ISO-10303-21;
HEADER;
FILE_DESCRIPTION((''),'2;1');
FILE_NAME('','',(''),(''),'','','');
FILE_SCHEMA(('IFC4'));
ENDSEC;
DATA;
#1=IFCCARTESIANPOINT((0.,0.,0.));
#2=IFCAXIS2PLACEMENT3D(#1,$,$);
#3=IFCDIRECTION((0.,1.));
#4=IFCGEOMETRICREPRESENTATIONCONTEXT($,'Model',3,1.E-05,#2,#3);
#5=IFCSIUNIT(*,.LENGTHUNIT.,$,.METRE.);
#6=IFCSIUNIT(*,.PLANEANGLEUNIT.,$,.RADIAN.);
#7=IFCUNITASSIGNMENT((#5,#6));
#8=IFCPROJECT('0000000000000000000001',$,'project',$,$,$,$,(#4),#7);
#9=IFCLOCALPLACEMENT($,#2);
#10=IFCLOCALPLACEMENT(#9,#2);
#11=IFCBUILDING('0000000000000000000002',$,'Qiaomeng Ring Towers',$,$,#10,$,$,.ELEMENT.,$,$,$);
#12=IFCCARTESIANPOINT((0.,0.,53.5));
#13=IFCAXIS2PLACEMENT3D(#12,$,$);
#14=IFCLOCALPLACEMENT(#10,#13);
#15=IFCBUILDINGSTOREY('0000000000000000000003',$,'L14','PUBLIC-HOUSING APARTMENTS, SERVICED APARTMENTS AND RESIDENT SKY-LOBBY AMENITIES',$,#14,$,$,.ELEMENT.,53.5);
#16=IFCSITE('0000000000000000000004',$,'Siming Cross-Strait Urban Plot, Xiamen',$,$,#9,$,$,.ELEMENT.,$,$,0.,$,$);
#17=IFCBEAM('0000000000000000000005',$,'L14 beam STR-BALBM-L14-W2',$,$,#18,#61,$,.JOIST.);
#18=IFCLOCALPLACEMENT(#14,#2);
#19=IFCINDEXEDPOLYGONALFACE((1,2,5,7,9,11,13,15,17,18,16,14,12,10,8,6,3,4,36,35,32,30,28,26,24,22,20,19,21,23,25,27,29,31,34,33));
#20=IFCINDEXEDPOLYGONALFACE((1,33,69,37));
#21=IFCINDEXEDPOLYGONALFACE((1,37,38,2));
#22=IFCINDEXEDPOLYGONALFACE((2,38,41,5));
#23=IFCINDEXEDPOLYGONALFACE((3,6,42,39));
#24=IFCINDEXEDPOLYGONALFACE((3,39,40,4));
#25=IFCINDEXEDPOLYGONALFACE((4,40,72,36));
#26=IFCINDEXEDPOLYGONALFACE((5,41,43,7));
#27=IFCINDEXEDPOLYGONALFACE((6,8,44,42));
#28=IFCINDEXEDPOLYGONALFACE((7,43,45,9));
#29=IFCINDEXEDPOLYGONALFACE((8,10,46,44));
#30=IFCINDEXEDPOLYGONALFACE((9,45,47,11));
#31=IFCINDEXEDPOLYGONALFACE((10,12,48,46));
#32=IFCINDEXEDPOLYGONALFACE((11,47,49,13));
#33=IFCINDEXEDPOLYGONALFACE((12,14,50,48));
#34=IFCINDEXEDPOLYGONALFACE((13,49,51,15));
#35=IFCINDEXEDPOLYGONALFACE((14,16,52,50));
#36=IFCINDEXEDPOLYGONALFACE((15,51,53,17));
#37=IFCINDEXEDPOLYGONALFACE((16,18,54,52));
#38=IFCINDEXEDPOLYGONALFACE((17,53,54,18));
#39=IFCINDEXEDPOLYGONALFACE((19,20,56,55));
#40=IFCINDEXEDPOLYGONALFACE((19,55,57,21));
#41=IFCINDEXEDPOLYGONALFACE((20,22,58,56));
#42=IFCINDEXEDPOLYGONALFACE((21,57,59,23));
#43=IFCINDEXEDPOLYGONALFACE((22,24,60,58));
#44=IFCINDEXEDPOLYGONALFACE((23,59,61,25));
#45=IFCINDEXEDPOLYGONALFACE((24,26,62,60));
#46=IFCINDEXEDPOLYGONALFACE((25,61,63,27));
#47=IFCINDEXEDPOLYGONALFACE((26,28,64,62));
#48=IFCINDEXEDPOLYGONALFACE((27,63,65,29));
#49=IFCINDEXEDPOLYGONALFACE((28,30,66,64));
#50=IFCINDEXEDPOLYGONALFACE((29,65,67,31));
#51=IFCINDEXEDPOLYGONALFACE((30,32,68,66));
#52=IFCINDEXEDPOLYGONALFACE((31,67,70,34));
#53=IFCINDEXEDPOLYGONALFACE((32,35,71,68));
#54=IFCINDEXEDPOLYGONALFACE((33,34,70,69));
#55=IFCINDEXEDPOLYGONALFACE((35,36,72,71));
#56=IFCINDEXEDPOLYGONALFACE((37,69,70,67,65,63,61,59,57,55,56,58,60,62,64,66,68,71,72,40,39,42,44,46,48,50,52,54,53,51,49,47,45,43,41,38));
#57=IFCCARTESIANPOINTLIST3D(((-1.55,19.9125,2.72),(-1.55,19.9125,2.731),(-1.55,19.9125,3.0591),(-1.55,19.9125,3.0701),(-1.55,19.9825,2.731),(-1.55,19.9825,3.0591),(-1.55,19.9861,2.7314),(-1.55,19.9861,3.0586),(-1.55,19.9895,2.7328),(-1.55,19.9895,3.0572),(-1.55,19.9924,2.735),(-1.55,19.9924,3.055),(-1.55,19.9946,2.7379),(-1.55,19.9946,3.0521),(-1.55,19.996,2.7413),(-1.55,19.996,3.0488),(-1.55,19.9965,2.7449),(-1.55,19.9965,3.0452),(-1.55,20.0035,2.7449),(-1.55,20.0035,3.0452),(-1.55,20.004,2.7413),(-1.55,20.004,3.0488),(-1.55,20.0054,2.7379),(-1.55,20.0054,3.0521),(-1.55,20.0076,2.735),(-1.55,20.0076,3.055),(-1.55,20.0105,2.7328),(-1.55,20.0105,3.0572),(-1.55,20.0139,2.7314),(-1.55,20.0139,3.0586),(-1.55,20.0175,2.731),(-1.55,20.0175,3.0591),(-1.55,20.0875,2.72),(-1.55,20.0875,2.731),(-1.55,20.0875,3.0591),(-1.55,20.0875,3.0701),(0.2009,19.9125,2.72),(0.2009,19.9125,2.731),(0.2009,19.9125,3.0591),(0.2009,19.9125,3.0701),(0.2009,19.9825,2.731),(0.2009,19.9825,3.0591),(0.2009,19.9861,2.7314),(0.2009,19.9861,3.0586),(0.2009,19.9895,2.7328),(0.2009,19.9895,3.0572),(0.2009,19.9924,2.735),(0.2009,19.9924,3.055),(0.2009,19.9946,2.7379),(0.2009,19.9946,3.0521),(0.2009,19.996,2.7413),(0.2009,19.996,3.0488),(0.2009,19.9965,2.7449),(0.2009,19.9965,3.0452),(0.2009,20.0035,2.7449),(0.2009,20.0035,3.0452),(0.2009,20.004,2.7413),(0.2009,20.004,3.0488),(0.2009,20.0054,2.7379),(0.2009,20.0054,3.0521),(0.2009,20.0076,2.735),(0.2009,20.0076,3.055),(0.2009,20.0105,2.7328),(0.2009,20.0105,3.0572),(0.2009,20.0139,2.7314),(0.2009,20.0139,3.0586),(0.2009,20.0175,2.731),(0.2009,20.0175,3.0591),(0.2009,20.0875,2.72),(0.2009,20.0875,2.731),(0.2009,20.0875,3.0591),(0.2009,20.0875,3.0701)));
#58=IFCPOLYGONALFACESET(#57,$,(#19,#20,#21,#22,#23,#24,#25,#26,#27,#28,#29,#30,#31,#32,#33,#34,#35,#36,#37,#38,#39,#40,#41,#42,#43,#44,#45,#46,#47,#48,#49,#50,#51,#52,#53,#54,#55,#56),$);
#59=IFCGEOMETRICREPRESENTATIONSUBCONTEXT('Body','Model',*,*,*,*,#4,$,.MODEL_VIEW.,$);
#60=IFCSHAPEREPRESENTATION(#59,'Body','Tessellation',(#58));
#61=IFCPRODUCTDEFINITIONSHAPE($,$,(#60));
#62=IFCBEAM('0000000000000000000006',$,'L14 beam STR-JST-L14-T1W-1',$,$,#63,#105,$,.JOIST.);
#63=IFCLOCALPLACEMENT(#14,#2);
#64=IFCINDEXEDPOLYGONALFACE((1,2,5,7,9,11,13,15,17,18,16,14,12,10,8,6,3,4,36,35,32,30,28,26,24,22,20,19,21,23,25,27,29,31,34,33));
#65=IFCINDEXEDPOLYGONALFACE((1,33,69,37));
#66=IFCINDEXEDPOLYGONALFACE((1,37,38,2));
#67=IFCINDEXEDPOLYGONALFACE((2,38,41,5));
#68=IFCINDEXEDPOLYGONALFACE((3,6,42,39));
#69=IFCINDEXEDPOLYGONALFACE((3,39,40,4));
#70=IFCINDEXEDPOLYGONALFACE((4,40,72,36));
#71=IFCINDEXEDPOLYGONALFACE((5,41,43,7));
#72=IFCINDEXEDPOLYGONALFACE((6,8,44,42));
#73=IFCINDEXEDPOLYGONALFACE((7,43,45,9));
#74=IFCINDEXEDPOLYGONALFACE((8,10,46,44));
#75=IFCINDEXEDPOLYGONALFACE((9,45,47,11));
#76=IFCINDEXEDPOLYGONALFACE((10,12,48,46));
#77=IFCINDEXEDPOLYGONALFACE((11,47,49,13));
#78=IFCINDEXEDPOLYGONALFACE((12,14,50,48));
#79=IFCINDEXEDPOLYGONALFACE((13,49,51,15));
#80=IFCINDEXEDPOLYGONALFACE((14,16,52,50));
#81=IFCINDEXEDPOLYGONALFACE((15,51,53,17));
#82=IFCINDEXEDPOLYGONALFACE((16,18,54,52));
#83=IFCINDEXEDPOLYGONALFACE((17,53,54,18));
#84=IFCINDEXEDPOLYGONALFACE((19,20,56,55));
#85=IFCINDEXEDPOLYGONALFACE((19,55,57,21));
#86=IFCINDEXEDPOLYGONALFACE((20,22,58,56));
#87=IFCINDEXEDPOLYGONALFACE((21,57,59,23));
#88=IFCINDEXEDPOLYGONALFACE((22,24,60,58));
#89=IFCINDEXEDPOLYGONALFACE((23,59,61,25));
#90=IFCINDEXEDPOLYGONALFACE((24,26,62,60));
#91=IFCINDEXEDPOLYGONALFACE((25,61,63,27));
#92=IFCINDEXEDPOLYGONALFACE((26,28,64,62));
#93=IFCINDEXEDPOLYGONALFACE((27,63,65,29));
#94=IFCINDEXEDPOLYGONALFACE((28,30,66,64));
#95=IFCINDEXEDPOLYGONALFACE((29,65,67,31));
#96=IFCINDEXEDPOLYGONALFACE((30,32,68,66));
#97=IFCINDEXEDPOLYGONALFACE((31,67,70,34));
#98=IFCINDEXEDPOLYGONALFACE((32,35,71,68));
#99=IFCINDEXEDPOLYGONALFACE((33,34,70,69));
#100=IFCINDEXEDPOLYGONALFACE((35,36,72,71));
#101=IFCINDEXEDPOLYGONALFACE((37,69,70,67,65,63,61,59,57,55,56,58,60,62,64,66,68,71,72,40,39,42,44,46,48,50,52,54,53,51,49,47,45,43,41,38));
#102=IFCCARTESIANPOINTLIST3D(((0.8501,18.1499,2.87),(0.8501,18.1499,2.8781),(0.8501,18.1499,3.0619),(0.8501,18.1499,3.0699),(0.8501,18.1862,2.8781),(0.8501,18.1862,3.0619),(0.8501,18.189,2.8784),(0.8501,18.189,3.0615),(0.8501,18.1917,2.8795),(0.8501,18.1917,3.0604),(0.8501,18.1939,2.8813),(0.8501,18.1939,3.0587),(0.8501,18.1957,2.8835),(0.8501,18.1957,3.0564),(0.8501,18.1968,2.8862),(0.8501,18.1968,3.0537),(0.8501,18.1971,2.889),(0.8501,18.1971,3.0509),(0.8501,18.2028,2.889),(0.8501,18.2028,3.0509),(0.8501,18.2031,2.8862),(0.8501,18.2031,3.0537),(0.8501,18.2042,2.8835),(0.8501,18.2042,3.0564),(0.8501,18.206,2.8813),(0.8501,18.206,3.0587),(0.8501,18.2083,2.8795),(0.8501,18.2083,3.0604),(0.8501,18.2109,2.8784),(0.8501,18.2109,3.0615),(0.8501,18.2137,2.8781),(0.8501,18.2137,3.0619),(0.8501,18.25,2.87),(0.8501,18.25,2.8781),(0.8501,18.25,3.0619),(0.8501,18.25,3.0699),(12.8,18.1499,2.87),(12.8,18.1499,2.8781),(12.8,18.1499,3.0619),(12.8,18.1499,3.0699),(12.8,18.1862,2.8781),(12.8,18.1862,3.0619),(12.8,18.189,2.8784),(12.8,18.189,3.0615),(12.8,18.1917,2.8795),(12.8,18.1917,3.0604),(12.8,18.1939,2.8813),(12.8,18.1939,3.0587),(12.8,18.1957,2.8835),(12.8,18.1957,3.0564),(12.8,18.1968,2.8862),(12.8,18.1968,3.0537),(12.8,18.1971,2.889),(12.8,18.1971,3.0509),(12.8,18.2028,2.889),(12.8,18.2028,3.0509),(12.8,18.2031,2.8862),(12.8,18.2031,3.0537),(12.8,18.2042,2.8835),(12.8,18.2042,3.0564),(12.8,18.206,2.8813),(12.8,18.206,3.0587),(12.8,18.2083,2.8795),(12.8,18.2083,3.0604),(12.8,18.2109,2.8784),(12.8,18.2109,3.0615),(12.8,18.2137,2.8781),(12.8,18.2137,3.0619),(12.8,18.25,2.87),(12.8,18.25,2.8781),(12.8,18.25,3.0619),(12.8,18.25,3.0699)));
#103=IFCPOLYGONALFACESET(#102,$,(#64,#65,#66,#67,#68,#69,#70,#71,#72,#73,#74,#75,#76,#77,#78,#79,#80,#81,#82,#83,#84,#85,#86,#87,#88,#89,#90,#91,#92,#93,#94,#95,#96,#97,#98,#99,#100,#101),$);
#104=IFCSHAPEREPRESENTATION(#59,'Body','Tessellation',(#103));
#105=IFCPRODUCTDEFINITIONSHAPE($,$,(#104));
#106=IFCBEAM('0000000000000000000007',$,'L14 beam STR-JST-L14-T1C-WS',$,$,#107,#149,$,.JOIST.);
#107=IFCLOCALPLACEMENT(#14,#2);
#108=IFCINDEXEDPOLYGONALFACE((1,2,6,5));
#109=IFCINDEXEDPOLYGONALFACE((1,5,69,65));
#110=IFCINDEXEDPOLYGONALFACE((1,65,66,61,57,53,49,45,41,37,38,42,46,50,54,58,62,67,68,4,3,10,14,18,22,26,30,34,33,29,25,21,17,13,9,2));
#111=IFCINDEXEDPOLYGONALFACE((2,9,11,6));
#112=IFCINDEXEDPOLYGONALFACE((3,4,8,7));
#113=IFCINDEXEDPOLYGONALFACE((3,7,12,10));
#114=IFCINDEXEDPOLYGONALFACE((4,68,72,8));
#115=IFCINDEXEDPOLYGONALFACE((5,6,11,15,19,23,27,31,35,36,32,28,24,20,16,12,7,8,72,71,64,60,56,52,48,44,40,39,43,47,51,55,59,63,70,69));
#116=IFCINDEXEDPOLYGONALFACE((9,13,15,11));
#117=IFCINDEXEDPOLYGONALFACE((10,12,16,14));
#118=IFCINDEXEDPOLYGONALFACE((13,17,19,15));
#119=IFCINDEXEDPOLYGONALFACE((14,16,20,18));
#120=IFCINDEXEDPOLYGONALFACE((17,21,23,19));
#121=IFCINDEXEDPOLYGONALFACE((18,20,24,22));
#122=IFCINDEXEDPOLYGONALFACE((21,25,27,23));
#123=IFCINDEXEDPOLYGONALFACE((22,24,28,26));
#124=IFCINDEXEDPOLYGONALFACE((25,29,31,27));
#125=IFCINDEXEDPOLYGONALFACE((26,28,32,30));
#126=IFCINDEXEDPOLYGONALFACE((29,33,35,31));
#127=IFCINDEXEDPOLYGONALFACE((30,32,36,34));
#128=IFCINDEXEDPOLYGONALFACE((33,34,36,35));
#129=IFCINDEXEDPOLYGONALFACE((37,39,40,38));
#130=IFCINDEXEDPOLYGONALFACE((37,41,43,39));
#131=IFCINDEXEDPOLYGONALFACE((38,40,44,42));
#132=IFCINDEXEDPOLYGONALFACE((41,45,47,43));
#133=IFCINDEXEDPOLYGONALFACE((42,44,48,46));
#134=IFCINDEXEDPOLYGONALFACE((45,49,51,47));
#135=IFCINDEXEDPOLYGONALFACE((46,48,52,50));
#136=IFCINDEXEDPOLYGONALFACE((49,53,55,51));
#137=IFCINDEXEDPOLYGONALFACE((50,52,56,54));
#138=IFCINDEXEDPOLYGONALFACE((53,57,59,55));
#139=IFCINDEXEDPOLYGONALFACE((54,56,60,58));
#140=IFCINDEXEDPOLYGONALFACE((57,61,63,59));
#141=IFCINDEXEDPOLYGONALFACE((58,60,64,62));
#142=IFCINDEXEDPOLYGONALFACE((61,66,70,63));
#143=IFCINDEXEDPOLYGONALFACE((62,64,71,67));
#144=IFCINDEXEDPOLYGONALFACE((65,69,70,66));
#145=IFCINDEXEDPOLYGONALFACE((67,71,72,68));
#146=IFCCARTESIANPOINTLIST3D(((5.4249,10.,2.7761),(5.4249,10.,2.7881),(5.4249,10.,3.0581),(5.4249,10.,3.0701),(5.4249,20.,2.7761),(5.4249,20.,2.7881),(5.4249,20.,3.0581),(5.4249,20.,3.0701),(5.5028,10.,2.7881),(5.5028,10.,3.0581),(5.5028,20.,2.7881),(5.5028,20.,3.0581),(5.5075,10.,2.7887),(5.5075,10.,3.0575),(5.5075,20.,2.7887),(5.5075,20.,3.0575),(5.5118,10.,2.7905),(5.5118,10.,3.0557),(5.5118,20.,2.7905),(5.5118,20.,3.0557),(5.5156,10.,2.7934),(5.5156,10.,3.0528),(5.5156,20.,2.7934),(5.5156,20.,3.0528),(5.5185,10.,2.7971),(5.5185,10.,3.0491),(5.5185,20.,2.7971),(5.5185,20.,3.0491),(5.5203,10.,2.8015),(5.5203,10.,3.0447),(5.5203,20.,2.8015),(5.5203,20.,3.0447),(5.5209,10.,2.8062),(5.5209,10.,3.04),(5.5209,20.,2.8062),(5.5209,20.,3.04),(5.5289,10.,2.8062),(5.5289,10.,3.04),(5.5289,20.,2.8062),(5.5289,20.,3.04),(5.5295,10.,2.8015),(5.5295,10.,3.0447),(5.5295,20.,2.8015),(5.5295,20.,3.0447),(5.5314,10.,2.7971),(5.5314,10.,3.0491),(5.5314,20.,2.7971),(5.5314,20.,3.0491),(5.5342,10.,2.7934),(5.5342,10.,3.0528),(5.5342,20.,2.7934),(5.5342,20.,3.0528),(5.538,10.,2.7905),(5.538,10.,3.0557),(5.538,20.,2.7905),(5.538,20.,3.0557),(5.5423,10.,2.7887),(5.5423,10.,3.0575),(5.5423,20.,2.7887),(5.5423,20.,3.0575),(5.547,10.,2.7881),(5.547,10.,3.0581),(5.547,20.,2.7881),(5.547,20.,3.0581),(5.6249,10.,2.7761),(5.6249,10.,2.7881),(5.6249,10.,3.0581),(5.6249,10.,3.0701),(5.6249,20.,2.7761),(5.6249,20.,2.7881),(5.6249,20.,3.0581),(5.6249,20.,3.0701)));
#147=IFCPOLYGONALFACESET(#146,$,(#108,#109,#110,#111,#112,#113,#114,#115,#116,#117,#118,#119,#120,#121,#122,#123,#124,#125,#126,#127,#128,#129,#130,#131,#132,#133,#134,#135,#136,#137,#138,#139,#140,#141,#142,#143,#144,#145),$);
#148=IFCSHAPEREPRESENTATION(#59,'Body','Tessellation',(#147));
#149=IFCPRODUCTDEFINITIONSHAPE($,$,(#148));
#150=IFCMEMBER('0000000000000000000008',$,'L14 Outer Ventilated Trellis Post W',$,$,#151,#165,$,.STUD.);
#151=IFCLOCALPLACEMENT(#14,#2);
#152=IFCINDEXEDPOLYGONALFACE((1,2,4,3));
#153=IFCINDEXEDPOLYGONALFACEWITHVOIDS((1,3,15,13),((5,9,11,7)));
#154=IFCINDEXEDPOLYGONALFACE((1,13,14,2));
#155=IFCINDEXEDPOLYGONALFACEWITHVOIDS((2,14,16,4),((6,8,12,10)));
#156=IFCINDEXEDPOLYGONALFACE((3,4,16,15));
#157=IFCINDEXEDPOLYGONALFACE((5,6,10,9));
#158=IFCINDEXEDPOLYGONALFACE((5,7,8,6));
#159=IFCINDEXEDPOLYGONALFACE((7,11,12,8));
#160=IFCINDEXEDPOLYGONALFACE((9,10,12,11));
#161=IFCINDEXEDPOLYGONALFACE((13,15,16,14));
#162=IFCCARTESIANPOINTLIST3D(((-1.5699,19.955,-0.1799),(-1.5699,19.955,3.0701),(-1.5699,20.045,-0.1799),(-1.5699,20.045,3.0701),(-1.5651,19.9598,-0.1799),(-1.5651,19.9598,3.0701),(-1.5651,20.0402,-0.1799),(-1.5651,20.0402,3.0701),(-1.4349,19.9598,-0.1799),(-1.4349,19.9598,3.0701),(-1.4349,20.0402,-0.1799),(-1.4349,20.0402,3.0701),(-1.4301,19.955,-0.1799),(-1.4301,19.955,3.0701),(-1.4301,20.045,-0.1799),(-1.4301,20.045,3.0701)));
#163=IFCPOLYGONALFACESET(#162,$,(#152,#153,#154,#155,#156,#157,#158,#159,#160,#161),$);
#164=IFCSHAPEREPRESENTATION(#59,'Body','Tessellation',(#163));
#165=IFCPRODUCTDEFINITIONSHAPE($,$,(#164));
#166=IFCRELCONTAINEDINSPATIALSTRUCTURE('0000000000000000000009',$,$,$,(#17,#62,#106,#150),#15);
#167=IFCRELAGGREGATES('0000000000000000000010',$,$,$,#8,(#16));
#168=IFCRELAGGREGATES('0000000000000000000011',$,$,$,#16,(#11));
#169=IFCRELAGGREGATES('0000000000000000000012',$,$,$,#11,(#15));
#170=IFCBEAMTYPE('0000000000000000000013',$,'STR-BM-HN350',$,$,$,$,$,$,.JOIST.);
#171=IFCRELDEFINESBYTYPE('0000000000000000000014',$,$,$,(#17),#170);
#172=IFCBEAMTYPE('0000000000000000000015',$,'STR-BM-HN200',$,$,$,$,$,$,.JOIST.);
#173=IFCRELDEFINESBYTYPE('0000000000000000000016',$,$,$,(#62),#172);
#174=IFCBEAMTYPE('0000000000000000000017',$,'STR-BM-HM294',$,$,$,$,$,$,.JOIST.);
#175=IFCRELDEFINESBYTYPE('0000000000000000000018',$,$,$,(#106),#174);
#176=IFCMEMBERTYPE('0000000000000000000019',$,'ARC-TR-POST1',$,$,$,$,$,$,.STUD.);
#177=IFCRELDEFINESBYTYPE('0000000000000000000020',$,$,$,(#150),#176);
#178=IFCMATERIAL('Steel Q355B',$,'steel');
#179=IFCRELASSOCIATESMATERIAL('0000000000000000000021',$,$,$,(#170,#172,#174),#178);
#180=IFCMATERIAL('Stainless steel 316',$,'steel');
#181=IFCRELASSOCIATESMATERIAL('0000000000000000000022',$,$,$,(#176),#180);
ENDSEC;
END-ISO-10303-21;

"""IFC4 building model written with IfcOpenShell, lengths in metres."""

from ifc_helpers import new_model, si_unit, direction, frame, origin, origin_2d, place, context, subcontext, project, spatial, hollow_rectangle, i_section, extrude, source, transform, mapped, material, material_profile, profile_set, type_object, element, save


model = new_model("IFC4")

# Units and contexts
model_context = context("Model", 3, precision=1e-05, world=origin(), true_north=direction((0.0, 1.0)))
body_context = subcontext(model_context, "Body", "Model", "MODEL_VIEW")
ifc_project = project(units=[si_unit("LENGTHUNIT", "METRE"), si_unit("PLANEANGLEUNIT", "RADIAN")], contexts=[model_context])

# Site, building, storey
site_placement = place(None, origin())
site = spatial("IfcSite", under=ifc_project, at=site_placement, Name="Siming Cross-Strait Urban Plot, Xiamen", CompositionType="ELEMENT", RefElevation=0.0)
building_placement = place(site_placement, origin())
building = spatial("IfcBuilding", under=site, at=building_placement, Name="Qiaomeng Ring Towers", CompositionType="ELEMENT")
storey_placement = place(building_placement, frame((0.0, 0.0, 53.5)))
storey = spatial("IfcBuildingStorey", under=building, at=storey_placement, Name="L14", Description="PUBLIC-HOUSING APARTMENTS, SERVICED APARTMENTS AND RESIDENT SKY-LOBBY AMENITIES", CompositionType="ELEMENT", Elevation=53.5)

# Beams
ifc_material_1 = material(Name="Steel Q355B", Category="steel")
ifc_material_profile_1 = material_profile(ifc_material_1, i_section(OverallWidth=0.175, OverallDepth=0.3501, WebThickness=0.0071, FlangeThickness=0.011, FilletRadius=0.0139, at=origin_2d()), Name="HN 350x175x7x11")
ifc_profile_set_1 = profile_set([ifc_material_profile_1], Name="Steel Q355B")
beam_type_1 = type_object("IfcBeamType", Name="STR-BM-HN350", PredefinedType="JOIST", material=ifc_profile_set_1)
shared_shape_1 = source(origin(), body_context, "Body", "SweptSolid", [
    extrude(i_section(OverallWidth=0.175, OverallDepth=0.3501, WebThickness=0.0071, FlangeThickness=0.011, FilletRadius=0.0139, at=origin_2d()), origin(), (0.0, 0.0, 1.0), 1.751),
])
beam_1_placement = place(storey_placement, frame((-1.55, 20.0, 2.895), z_axis=(1.0, 0.0, 0.0), x_axis=(0.0, 1.0, 0.0)))
element("IfcBeam", 1, at=beam_1_placement, inside=storey, type_object=beam_type_1, Name="L14 beam STR-BALBM-L14-W2", PredefinedType="JOIST", context=body_context, shape_type="MappedRepresentation", body=[
    mapped(shared_shape_1, transform((0.0, 0.0, 0.0), x_axis=(1.0, 0.0, 0.0), y_axis=(0.0, 1.0, 0.0), z_axis=(0.0, 0.0, 1.0), scale=1.0)),
])
ifc_material_profile_2 = material_profile(ifc_material_1, i_section(OverallWidth=0.1001, OverallDepth=0.2, WebThickness=0.0056, FlangeThickness=0.0081, FilletRadius=0.011, at=origin_2d()), Name="HN 200x100x5.5x8")
ifc_profile_set_2 = profile_set([ifc_material_profile_2], Name="Steel Q355B")
beam_type_2 = type_object("IfcBeamType", Name="STR-BM-HN200", PredefinedType="JOIST", material=ifc_profile_set_2)
shared_shape_2 = source(origin(), body_context, "Body", "SweptSolid", [
    extrude(i_section(OverallWidth=0.1001, OverallDepth=0.2, WebThickness=0.0056, FlangeThickness=0.0081, FilletRadius=0.011, at=origin_2d()), origin(), (0.0, 0.0, 1.0), 11.95),
])
beam_2_placement = place(storey_placement, frame((0.8501, 18.2, 2.97), z_axis=(1.0, 0.0, 0.0), x_axis=(0.0, 1.0, 0.0)))
element("IfcBeam", 2, at=beam_2_placement, inside=storey, type_object=beam_type_2, Name="L14 beam STR-JST-L14-T1W-1", PredefinedType="JOIST", context=body_context, shape_type="MappedRepresentation", body=[
    mapped(shared_shape_2, transform((0.0, 0.0, 0.0), x_axis=(1.0, 0.0, 0.0), y_axis=(0.0, 1.0, 0.0), z_axis=(0.0, 0.0, 1.0), scale=1.0)),
])
ifc_material_profile_3 = material_profile(ifc_material_1, i_section(OverallWidth=0.2, OverallDepth=0.2939, WebThickness=0.0081, FlangeThickness=0.012, FilletRadius=0.0181, at=origin_2d()), Name="HM 294x200x8x12")
ifc_profile_set_3 = profile_set([ifc_material_profile_3], Name="Steel Q355B")
beam_type_3 = type_object("IfcBeamType", Name="STR-BM-HM294", PredefinedType="JOIST", material=ifc_profile_set_3)
shared_shape_3 = source(origin(), body_context, "Body", "SweptSolid", [
    extrude(i_section(OverallWidth=0.2, OverallDepth=0.2939, WebThickness=0.0081, FlangeThickness=0.012, FilletRadius=0.0181, at=origin_2d()), origin(), (0.0, 0.0, 1.0), 10.0),
])
beam_3_placement = place(storey_placement, frame((5.5249, 10.0, 2.9231), z_axis=(0.0, 1.0, 0.0), x_axis=(-1.0, 0.0, 0.0)))
element("IfcBeam", 3, at=beam_3_placement, inside=storey, type_object=beam_type_3, Name="L14 beam STR-JST-L14-T1C-WS", PredefinedType="JOIST", context=body_context, shape_type="MappedRepresentation", body=[
    mapped(shared_shape_3, transform((0.0, 0.0, 0.0), x_axis=(1.0, 0.0, 0.0), y_axis=(0.0, 1.0, 0.0), z_axis=(0.0, 0.0, 1.0), scale=1.0)),
])

# Member
ifc_material_2 = material(Name="Stainless steel 316", Category="steel")
ifc_material_profile_4 = material_profile(ifc_material_2, hollow_rectangle(XDim=0.0901, YDim=0.1399, WallThickness=0.0049, at=origin_2d()), Name="SS TRELLIS 90x140")
ifc_profile_set_4 = profile_set([ifc_material_profile_4], Name="Stainless steel 316")
member_type = type_object("IfcMemberType", Name="ARC-TR-POST1", PredefinedType="STUD", material=ifc_profile_set_4)
shared_shape_4 = source(origin(), body_context, "Body", "SweptSolid", [
    extrude(hollow_rectangle(XDim=0.0901, YDim=0.1399, WallThickness=0.0049, at=origin_2d()), origin(), (0.0, 0.0, 1.0), 3.25),
])
member_placement = place(storey_placement, frame((-1.5, 20.0, -0.1799), z_axis=(0.0, 0.0, 1.0), x_axis=(0.0, 1.0, 0.0)))
element("IfcMember", 4, at=member_placement, inside=storey, type_object=member_type, Name="L14 Outer Ventilated Trellis Post W", PredefinedType="STUD", context=body_context, shape_type="MappedRepresentation", body=[
    mapped(shared_shape_4, transform((0.0, 0.0, 0.0), x_axis=(1.0, 0.0, 0.0), y_axis=(0.0, 1.0, 0.0), z_axis=(0.0, 0.0, 1.0), scale=1.0)),
])

save(model, "model.ifc")
